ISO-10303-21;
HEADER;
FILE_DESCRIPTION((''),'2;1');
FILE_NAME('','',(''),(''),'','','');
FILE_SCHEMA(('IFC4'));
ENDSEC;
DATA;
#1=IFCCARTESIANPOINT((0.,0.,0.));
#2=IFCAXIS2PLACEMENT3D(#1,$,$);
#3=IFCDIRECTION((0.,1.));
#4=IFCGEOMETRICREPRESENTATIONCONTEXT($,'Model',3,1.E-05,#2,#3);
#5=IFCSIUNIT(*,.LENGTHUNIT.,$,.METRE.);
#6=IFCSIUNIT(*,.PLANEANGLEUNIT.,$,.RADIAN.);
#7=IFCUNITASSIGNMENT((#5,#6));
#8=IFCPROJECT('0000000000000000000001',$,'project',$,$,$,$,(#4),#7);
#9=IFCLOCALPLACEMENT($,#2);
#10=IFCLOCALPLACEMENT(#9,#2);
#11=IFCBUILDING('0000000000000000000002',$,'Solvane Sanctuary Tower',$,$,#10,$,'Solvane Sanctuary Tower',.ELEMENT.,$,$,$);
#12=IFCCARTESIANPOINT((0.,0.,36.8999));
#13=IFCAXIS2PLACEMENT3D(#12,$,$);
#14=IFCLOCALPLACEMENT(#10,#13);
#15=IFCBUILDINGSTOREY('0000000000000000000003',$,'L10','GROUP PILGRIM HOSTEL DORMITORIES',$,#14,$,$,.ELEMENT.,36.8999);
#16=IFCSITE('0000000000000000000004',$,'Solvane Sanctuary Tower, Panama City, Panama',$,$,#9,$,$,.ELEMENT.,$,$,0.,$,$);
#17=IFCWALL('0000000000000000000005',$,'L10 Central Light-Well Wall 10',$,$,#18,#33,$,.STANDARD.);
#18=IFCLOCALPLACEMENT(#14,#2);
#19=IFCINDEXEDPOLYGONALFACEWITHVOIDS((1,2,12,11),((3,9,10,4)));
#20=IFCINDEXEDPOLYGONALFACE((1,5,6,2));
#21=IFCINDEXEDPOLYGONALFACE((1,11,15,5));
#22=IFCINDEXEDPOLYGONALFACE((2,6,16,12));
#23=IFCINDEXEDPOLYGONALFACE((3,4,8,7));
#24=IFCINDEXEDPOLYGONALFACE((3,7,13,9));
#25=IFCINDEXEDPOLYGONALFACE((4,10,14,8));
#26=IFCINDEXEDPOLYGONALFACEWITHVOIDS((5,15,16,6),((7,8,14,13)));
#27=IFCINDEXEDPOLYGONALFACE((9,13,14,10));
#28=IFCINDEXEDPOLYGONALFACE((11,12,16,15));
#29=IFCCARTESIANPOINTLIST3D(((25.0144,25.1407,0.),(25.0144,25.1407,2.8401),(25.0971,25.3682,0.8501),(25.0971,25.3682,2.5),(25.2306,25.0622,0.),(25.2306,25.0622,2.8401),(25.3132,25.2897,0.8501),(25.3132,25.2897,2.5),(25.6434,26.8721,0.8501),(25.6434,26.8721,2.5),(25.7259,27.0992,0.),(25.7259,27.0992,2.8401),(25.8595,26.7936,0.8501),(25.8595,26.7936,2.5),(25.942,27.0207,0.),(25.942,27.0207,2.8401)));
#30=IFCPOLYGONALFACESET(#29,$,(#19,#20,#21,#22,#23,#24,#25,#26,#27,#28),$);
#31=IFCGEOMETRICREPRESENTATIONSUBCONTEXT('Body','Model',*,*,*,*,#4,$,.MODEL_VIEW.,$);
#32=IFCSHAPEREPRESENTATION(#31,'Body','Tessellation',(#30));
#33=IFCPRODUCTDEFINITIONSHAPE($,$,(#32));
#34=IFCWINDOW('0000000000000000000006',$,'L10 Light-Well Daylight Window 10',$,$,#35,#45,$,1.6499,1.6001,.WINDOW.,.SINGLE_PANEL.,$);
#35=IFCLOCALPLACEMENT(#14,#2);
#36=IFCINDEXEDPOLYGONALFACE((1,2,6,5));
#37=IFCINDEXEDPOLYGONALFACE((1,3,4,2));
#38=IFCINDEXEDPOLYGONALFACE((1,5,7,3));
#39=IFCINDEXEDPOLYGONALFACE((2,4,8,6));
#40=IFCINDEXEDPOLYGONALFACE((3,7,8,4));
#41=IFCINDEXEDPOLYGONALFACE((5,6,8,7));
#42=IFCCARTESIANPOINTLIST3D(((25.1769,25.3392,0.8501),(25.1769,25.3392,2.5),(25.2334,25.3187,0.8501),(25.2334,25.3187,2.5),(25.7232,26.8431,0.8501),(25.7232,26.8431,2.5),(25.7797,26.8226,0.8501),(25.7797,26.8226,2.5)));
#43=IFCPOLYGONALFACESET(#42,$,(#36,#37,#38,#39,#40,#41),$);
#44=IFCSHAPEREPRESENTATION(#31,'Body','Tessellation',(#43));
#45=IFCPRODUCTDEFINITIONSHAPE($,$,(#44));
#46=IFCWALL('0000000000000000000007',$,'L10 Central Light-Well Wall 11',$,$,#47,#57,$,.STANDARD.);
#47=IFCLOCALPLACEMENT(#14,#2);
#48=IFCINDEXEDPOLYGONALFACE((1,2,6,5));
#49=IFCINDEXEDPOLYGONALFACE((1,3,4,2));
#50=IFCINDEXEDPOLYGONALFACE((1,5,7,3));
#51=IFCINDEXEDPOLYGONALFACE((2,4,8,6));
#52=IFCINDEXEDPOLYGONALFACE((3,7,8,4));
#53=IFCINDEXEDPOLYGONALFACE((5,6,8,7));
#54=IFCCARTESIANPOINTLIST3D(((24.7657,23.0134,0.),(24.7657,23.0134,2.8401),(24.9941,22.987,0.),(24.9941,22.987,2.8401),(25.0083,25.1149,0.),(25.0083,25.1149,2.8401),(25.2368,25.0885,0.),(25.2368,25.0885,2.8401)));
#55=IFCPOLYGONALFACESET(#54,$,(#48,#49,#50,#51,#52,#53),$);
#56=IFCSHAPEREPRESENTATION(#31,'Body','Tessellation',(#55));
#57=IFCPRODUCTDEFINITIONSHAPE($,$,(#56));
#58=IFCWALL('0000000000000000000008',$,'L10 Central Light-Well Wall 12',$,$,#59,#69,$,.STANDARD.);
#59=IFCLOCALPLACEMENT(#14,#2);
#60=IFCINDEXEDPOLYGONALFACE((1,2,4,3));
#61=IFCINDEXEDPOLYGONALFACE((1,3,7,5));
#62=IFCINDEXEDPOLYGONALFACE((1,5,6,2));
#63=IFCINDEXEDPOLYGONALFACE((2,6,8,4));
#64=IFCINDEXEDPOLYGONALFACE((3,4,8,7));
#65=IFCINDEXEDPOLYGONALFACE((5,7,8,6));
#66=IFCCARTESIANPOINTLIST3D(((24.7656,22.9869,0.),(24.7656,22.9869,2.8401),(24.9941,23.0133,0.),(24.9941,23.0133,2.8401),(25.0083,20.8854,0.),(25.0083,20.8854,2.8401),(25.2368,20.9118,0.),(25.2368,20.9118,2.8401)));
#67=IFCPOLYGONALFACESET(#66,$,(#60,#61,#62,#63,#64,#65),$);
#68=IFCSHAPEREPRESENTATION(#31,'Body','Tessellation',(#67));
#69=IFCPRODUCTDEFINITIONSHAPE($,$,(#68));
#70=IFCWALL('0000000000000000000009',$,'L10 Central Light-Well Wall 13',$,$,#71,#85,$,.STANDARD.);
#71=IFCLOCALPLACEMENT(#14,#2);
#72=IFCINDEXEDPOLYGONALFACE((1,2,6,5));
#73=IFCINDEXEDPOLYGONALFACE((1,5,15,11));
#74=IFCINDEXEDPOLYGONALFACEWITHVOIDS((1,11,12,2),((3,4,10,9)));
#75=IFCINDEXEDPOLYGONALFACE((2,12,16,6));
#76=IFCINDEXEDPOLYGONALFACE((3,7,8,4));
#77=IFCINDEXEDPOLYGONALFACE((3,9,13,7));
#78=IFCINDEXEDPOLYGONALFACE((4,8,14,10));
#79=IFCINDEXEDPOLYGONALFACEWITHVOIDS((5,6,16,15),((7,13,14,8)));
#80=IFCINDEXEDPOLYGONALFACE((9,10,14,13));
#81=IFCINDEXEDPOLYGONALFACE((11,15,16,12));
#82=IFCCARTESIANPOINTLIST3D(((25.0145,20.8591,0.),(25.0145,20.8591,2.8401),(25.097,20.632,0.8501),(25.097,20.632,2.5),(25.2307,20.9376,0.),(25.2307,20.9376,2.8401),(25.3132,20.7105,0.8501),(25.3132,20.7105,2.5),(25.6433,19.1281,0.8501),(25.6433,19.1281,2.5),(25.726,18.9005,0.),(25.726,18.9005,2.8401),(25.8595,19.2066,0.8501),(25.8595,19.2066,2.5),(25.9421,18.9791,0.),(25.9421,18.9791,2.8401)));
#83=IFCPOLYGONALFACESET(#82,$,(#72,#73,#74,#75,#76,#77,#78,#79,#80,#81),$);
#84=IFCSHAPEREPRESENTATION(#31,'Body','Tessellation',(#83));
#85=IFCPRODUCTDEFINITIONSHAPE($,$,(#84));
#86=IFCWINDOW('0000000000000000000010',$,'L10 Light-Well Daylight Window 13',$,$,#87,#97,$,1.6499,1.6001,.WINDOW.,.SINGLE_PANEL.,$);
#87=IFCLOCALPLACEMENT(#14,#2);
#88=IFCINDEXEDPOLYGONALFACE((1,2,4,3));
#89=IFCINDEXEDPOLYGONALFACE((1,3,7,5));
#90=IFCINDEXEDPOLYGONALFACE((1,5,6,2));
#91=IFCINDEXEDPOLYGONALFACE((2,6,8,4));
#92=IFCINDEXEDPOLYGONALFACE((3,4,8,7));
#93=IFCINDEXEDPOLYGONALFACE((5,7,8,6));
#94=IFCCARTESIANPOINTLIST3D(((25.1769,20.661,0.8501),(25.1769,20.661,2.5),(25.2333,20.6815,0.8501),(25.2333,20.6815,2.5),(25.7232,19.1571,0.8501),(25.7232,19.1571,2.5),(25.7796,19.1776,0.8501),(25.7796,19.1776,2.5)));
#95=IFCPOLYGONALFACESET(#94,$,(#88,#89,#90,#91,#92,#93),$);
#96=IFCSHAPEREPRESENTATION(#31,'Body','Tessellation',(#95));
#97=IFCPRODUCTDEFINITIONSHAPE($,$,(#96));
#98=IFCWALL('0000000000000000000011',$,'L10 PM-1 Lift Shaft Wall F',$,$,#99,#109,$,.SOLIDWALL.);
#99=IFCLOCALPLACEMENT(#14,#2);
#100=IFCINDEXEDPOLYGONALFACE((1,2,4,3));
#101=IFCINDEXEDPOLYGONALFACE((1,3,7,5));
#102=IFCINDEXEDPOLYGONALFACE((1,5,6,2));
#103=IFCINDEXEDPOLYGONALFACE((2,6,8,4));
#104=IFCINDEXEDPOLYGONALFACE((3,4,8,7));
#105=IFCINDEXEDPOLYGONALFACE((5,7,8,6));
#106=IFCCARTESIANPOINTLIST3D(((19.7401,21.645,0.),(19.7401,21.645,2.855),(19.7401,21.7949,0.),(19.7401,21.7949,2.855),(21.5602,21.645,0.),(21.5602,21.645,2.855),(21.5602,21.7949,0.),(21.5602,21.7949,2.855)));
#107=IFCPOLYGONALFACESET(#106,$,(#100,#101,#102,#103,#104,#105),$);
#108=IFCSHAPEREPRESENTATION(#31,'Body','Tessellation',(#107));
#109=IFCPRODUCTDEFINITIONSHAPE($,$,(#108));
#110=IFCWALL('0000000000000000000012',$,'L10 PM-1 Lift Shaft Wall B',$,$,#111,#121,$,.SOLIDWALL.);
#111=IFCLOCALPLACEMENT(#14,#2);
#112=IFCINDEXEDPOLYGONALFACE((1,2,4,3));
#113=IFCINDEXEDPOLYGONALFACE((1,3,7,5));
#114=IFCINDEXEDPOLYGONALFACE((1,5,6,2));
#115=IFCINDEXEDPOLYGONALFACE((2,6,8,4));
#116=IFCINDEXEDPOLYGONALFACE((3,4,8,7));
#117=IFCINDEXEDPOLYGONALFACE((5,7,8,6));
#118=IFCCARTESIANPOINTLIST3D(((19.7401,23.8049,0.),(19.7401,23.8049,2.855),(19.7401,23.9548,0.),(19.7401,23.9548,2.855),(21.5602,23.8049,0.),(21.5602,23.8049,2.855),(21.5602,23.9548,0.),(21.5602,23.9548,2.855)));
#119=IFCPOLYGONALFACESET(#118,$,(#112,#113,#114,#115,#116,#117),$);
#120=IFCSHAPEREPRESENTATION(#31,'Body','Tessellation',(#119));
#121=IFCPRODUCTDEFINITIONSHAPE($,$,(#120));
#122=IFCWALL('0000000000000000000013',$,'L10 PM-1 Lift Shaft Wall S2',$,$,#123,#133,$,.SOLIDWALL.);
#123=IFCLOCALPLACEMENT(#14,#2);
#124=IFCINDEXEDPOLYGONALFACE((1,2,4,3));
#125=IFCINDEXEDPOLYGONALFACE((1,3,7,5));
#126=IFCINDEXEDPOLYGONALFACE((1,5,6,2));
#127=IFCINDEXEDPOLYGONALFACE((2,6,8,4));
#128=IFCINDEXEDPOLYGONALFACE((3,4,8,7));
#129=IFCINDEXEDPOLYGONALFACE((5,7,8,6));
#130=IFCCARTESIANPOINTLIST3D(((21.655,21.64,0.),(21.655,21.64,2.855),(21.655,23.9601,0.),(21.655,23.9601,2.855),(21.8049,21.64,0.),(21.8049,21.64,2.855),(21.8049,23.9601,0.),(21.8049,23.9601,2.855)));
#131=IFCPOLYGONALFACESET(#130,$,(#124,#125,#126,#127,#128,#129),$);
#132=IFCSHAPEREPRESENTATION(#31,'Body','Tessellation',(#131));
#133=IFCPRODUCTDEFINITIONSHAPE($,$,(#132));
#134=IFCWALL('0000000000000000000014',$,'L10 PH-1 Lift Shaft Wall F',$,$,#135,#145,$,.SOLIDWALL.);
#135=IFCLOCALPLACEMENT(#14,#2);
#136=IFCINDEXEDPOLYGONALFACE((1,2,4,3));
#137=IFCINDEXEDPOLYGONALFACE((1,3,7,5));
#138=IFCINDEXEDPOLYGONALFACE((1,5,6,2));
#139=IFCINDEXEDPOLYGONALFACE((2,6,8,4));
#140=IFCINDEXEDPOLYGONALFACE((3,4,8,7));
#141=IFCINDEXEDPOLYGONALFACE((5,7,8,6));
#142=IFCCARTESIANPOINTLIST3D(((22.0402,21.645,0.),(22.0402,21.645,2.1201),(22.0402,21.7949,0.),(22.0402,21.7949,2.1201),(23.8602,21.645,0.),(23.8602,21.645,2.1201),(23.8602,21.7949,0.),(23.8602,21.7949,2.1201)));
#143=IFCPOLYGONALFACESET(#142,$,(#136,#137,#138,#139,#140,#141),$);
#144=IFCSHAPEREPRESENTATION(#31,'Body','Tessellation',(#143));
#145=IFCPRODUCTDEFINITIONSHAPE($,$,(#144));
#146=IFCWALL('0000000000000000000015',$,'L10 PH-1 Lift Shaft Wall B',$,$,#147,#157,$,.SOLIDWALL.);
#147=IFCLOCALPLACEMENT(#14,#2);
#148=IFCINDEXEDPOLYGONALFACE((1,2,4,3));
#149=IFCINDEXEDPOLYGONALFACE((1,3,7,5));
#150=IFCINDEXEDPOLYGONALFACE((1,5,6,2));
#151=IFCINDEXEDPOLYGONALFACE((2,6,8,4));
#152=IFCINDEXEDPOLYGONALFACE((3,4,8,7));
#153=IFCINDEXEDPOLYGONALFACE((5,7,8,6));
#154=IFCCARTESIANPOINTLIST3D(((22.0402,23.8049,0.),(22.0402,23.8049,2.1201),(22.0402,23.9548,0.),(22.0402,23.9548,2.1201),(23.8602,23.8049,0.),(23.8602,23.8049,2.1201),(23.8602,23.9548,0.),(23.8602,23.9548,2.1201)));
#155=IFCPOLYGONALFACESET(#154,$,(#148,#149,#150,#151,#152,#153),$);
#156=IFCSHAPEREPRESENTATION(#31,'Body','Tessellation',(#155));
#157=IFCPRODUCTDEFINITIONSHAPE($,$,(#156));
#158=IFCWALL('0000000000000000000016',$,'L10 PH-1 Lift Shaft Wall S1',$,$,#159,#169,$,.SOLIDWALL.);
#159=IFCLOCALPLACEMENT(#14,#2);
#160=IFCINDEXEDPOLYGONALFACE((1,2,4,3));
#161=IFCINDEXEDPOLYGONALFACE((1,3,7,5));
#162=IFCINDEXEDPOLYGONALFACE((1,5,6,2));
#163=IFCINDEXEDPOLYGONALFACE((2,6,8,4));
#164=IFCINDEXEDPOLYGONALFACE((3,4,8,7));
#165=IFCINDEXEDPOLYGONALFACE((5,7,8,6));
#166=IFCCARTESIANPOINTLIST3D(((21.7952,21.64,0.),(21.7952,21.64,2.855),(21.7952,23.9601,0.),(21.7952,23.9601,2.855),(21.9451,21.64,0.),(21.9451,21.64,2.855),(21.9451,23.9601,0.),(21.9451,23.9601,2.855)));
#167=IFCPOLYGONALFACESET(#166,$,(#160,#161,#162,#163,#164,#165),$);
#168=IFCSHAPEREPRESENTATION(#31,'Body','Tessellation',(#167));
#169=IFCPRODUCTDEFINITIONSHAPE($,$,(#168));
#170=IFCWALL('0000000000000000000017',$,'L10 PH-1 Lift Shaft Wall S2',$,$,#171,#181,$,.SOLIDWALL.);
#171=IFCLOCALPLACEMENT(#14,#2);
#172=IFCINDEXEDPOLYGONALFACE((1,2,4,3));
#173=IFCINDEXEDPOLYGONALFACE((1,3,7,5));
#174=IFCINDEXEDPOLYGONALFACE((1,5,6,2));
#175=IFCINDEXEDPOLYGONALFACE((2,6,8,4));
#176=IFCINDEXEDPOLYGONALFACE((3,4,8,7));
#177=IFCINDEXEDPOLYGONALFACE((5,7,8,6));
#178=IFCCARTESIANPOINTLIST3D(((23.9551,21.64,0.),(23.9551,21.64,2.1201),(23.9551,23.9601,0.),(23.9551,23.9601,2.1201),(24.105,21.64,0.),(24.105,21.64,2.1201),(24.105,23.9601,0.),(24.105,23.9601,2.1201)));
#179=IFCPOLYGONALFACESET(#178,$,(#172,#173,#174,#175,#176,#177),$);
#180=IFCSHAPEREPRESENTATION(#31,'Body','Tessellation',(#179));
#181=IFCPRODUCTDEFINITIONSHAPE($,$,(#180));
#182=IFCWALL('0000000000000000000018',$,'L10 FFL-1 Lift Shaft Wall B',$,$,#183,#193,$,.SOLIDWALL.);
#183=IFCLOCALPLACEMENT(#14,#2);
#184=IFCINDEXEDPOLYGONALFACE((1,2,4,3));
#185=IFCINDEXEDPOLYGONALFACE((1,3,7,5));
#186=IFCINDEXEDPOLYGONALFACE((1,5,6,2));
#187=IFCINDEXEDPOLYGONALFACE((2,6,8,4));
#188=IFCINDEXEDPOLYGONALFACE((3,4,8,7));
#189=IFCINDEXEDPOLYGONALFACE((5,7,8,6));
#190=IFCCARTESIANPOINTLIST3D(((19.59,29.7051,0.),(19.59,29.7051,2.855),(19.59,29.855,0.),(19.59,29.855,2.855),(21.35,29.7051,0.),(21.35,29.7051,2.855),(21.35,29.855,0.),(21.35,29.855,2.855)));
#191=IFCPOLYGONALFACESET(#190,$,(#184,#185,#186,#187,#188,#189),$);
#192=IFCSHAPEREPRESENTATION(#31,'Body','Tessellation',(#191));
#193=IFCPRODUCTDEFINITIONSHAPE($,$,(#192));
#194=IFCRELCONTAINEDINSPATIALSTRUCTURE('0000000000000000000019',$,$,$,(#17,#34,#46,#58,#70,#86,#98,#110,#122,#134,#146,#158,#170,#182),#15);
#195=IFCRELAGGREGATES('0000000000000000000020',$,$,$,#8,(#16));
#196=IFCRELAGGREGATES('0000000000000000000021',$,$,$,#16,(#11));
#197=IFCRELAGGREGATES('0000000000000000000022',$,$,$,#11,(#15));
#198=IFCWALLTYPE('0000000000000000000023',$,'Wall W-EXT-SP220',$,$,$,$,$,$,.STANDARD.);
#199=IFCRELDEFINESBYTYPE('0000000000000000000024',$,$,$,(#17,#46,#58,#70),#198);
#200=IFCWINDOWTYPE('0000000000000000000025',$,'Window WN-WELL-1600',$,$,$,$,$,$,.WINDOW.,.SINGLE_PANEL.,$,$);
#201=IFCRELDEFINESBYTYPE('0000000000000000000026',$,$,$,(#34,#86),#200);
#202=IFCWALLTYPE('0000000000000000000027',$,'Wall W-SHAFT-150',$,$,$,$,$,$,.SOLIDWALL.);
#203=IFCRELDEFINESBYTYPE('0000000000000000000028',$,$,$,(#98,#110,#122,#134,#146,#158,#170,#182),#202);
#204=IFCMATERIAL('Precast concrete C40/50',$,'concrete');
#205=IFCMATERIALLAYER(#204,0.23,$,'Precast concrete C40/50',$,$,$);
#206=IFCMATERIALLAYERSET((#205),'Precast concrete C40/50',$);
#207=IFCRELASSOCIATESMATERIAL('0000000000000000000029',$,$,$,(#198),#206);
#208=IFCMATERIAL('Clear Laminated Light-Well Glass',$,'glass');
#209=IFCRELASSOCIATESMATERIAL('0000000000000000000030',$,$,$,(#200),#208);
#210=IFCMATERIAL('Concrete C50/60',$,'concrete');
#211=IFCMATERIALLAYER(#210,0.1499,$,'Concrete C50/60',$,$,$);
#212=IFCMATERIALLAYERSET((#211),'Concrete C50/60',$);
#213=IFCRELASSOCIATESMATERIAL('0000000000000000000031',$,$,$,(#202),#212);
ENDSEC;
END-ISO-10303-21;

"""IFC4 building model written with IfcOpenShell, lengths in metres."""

from ifc_helpers import new_model, si_unit, direction, frame, frame_2d, origin, place, context, subcontext, project, spatial, rectangle, extrude, material, layer, layer_set, type_object, element, fill, save


model = new_model("IFC4")

# Units and contexts
model_context = context("Model", 3, precision=1e-05, world=origin(), true_north=direction((0.0, 1.0)))
body_context = subcontext(model_context, "Body", "Model", "MODEL_VIEW")
ifc_project = project(units=[si_unit("LENGTHUNIT", "METRE"), si_unit("PLANEANGLEUNIT", "RADIAN")], contexts=[model_context])

# Site, building, storey
site_placement = place(None, origin())
site = spatial("IfcSite", under=ifc_project, at=site_placement, Name="Solvane Sanctuary Tower, Panama City, Panama", CompositionType="ELEMENT", RefElevation=0.0)
building_placement = place(site_placement, origin())
building = spatial("IfcBuilding", under=site, at=building_placement, Name="Solvane Sanctuary Tower", LongName="Solvane Sanctuary Tower", CompositionType="ELEMENT")
storey_placement = place(building_placement, frame((0.0, 0.0, 36.8999)))
storey = spatial("IfcBuildingStorey", under=building, at=storey_placement, Name="L10", Description="GROUP PILGRIM HOSTEL DORMITORIES", CompositionType="ELEMENT", Elevation=36.8999)

# Shared definitions
ifc_material_1 = material(Name="Precast concrete C40/50", Category="concrete")
ifc_layer_1 = layer(ifc_material_1, 0.23, Name="Precast concrete C40/50")
ifc_layer_set_1 = layer_set([ifc_layer_1], Name="Precast concrete C40/50")
wall_type_1 = type_object("IfcWallType", Name="Wall W-EXT-SP220", PredefinedType="STANDARD", material=ifc_layer_set_1)

# Wall, opening, window
wall_1_placement = place(storey_placement, frame((25.834, 27.0601, 0.0), z_axis=(0.0, 0.0, 1.0), x_axis=(-0.341423, -0.93991, 0.0)))
wall_1 = element("IfcWall", 1, at=wall_1_placement, inside=storey, type_object=wall_type_1, Name="L10 Central Light-Well Wall 10", PredefinedType="STANDARD", context=body_context, shape_type="SweptSolid", body=[
    extrude(rectangle(XDim=2.0837, YDim=0.23, at=frame_2d((1.042, 0.0))), origin(), (0.0, 0.0, 1.0), 2.8401),
])
opening_1_placement = place(wall_1_placement, frame((0.2417, 0.0, 0.8501)))
opening_1 = element("IfcOpeningElement", 2, at=opening_1_placement, cuts=wall_1, PredefinedType="OPENING", context=body_context, shape_type="SweptSolid", body=[
    extrude(rectangle(XDim=1.6001, YDim=1.6499, at=frame_2d((0.8, 0.825))), frame((0.0, 0.125, 0.0), z_axis=(0.0, -1.0, 0.0), x_axis=(1.0, 0.0, 0.0)), (0.0, 0.0, 1.0), 0.25),
])
ifc_material_2 = material(Name="Clear Laminated Light-Well Glass", Category="glass")
window_type = type_object("IfcWindowType", Name="Window WN-WELL-1600", PartitioningType="SINGLE_PANEL", PredefinedType="WINDOW", material=ifc_material_2)
window_1_placement = place(opening_1_placement, origin())
window_1 = element("IfcWindow", 3, at=window_1_placement, inside=storey, type_object=window_type, Name="L10 Light-Well Daylight Window 10", OverallHeight=1.6499, OverallWidth=1.6001, PartitioningType="SINGLE_PANEL", PredefinedType="WINDOW", context=body_context, shape_type="SweptSolid", body=[
    extrude(rectangle(XDim=1.6001, YDim=1.6499, at=frame_2d((0.8, 0.825))), frame((0.0, 0.03, 0.0), z_axis=(0.0, -1.0, 0.0), x_axis=(1.0, 0.0, 0.0)), (0.0, 0.0, 1.0), 0.0601),
])
fill(opening_1, window_1)

# Walls
for number, where, z_axis, x_axis, name in (
    (4, (25.1226, 25.1016, 0.0), (0.0, 0.0, 1.0), (-0.114712, -0.993399, 0.0), "L10 Central Light-Well Wall 11"),
    (5, (24.8799, 23.0, 0.0), (0.0, 0.0, 1.0), (0.114712, -0.993399, 0.0), "L10 Central Light-Well Wall 12"),
):
    element("IfcWall", number, at=place(storey_placement, frame(where, z_axis=z_axis, x_axis=x_axis)), inside=storey, type_object=wall_type_1, Name=name, PredefinedType="STANDARD", context=body_context, shape_type="SweptSolid", body=[
        extrude(rectangle(XDim=2.1155, YDim=0.23, at=frame_2d((1.0576, 0.0))), origin(), (0.0, 0.0, 1.0), 2.8401),
    ])

# Wall, opening, window
wall_2_placement = place(storey_placement, frame((25.1226, 20.8984, 0.0), z_axis=(0.0, 0.0, 1.0), x_axis=(0.341423, -0.93991, 0.0)))
wall_2 = element("IfcWall", 6, at=wall_2_placement, inside=storey, type_object=wall_type_1, Name="L10 Central Light-Well Wall 13", PredefinedType="STANDARD", context=body_context, shape_type="SweptSolid", body=[
    extrude(rectangle(XDim=2.0837, YDim=0.23, at=frame_2d((1.042, 0.0))), origin(), (0.0, 0.0, 1.0), 2.8401),
])
opening_2_placement = place(wall_2_placement, frame((0.2417, 0.0, 0.8501)))
opening_2 = element("IfcOpeningElement", 7, at=opening_2_placement, cuts=wall_2, PredefinedType="OPENING", context=body_context, shape_type="SweptSolid", body=[
    extrude(rectangle(XDim=1.6001, YDim=1.6499, at=frame_2d((0.8, 0.825))), frame((0.0, 0.125, 0.0), z_axis=(0.0, -1.0, 0.0), x_axis=(1.0, 0.0, 0.0)), (0.0, 0.0, 1.0), 0.25),
])
window_2_placement = place(opening_2_placement, origin())
window_2 = element("IfcWindow", 8, at=window_2_placement, inside=storey, type_object=window_type, Name="L10 Light-Well Daylight Window 13", OverallHeight=1.6499, OverallWidth=1.6001, PartitioningType="SINGLE_PANEL", PredefinedType="WINDOW", context=body_context, shape_type="SweptSolid", body=[
    extrude(rectangle(XDim=1.6001, YDim=1.6499, at=frame_2d((0.8, 0.825))), frame((0.0, 0.03, 0.0), z_axis=(0.0, -1.0, 0.0), x_axis=(1.0, 0.0, 0.0)), (0.0, 0.0, 1.0), 0.0601),
])
fill(opening_2, window_2)

# Walls
ifc_material_3 = material(Name="Concrete C50/60", Category="concrete")
ifc_layer_2 = layer(ifc_material_3, 0.1499, Name="Concrete C50/60")
ifc_layer_set_2 = layer_set([ifc_layer_2], Name="Concrete C50/60")
wall_type_2 = type_object("IfcWallType", Name="Wall W-SHAFT-150", PredefinedType="SOLIDWALL", material=ifc_layer_set_2)
for number, where, z_axis, x_axis, name in (
    (9, (19.74, 21.72, 0.0), (0.0, 0.0, 1.0), (1.0, 0.0, 0.0), "L10 PM-1 Lift Shaft Wall F"),
    (10, (19.74, 23.8799, 0.0), (0.0, 0.0, 1.0), (1.0, 0.0, 0.0), "L10 PM-1 Lift Shaft Wall B"),
):
    element("IfcWall", number, at=place(storey_placement, frame(where, z_axis=z_axis, x_axis=x_axis)), inside=storey, type_object=wall_type_2, Name=name, PredefinedType="SOLIDWALL", context=body_context, shape_type="SweptSolid", body=[
        extrude(rectangle(XDim=1.8201, YDim=0.1499, at=frame_2d((0.9102, 0.0))), origin(), (0.0, 0.0, 1.0), 2.855),
    ])
wall_3_placement = place(storey_placement, frame((21.73, 21.6399, 0.0), z_axis=(0.0, 0.0, 1.0), x_axis=(0.0, 1.0, 0.0)))
element("IfcWall", 11, at=wall_3_placement, inside=storey, type_object=wall_type_2, Name="L10 PM-1 Lift Shaft Wall S2", PredefinedType="SOLIDWALL", context=body_context, shape_type="SweptSolid", body=[
    extrude(rectangle(XDim=2.3201, YDim=0.1499, at=frame_2d((1.1602, 0.0))), origin(), (0.0, 0.0, 1.0), 2.855),
])
for number, where, z_axis, x_axis, name in (
    (12, (22.04, 21.72, 0.0), (0.0, 0.0, 1.0), (1.0, 0.0, 0.0), "L10 PH-1 Lift Shaft Wall F"),
    (13, (22.04, 23.8799, 0.0), (0.0, 0.0, 1.0), (1.0, 0.0, 0.0), "L10 PH-1 Lift Shaft Wall B"),
):
    element("IfcWall", number, at=place(storey_placement, frame(where, z_axis=z_axis, x_axis=x_axis)), inside=storey, type_object=wall_type_2, Name=name, PredefinedType="SOLIDWALL", context=body_context, shape_type="SweptSolid", body=[
        extrude(rectangle(XDim=1.8201, YDim=0.1499, at=frame_2d((0.9102, 0.0))), origin(), (0.0, 0.0, 1.0), 2.1201),
    ])
wall_4_placement = place(storey_placement, frame((21.8701, 21.6399, 0.0), z_axis=(0.0, 0.0, 1.0), x_axis=(0.0, 1.0, 0.0)))
element("IfcWall", 14, at=wall_4_placement, inside=storey, type_object=wall_type_2, Name="L10 PH-1 Lift Shaft Wall S1", PredefinedType="SOLIDWALL", context=body_context, shape_type="SweptSolid", body=[
    extrude(rectangle(XDim=2.3201, YDim=0.1499, at=frame_2d((1.1602, 0.0))), origin(), (0.0, 0.0, 1.0), 2.855),
])
wall_5_placement = place(storey_placement, frame((24.03, 21.6399, 0.0), z_axis=(0.0, 0.0, 1.0), x_axis=(0.0, 1.0, 0.0)))
element("IfcWall", 15, at=wall_5_placement, inside=storey, type_object=wall_type_2, Name="L10 PH-1 Lift Shaft Wall S2", PredefinedType="SOLIDWALL", context=body_context, shape_type="SweptSolid", body=[
    extrude(rectangle(XDim=2.3201, YDim=0.1499, at=frame_2d((1.1602, 0.0))), origin(), (0.0, 0.0, 1.0), 2.1201),
])
wall_6_placement = place(storey_placement, frame((19.5901, 29.78, 0.0), z_axis=(0.0, 0.0, 1.0), x_axis=(1.0, 0.0, 0.0)))
element("IfcWall", 16, at=wall_6_placement, inside=storey, type_object=wall_type_2, Name="L10 FFL-1 Lift Shaft Wall B", PredefinedType="SOLIDWALL", context=body_context, shape_type="SweptSolid", body=[
    extrude(rectangle(XDim=1.76, YDim=0.1499, at=frame_2d((0.8799, 0.0))), origin(), (0.0, 0.0, 1.0), 2.855),
])

save(model, "model.ifc")
